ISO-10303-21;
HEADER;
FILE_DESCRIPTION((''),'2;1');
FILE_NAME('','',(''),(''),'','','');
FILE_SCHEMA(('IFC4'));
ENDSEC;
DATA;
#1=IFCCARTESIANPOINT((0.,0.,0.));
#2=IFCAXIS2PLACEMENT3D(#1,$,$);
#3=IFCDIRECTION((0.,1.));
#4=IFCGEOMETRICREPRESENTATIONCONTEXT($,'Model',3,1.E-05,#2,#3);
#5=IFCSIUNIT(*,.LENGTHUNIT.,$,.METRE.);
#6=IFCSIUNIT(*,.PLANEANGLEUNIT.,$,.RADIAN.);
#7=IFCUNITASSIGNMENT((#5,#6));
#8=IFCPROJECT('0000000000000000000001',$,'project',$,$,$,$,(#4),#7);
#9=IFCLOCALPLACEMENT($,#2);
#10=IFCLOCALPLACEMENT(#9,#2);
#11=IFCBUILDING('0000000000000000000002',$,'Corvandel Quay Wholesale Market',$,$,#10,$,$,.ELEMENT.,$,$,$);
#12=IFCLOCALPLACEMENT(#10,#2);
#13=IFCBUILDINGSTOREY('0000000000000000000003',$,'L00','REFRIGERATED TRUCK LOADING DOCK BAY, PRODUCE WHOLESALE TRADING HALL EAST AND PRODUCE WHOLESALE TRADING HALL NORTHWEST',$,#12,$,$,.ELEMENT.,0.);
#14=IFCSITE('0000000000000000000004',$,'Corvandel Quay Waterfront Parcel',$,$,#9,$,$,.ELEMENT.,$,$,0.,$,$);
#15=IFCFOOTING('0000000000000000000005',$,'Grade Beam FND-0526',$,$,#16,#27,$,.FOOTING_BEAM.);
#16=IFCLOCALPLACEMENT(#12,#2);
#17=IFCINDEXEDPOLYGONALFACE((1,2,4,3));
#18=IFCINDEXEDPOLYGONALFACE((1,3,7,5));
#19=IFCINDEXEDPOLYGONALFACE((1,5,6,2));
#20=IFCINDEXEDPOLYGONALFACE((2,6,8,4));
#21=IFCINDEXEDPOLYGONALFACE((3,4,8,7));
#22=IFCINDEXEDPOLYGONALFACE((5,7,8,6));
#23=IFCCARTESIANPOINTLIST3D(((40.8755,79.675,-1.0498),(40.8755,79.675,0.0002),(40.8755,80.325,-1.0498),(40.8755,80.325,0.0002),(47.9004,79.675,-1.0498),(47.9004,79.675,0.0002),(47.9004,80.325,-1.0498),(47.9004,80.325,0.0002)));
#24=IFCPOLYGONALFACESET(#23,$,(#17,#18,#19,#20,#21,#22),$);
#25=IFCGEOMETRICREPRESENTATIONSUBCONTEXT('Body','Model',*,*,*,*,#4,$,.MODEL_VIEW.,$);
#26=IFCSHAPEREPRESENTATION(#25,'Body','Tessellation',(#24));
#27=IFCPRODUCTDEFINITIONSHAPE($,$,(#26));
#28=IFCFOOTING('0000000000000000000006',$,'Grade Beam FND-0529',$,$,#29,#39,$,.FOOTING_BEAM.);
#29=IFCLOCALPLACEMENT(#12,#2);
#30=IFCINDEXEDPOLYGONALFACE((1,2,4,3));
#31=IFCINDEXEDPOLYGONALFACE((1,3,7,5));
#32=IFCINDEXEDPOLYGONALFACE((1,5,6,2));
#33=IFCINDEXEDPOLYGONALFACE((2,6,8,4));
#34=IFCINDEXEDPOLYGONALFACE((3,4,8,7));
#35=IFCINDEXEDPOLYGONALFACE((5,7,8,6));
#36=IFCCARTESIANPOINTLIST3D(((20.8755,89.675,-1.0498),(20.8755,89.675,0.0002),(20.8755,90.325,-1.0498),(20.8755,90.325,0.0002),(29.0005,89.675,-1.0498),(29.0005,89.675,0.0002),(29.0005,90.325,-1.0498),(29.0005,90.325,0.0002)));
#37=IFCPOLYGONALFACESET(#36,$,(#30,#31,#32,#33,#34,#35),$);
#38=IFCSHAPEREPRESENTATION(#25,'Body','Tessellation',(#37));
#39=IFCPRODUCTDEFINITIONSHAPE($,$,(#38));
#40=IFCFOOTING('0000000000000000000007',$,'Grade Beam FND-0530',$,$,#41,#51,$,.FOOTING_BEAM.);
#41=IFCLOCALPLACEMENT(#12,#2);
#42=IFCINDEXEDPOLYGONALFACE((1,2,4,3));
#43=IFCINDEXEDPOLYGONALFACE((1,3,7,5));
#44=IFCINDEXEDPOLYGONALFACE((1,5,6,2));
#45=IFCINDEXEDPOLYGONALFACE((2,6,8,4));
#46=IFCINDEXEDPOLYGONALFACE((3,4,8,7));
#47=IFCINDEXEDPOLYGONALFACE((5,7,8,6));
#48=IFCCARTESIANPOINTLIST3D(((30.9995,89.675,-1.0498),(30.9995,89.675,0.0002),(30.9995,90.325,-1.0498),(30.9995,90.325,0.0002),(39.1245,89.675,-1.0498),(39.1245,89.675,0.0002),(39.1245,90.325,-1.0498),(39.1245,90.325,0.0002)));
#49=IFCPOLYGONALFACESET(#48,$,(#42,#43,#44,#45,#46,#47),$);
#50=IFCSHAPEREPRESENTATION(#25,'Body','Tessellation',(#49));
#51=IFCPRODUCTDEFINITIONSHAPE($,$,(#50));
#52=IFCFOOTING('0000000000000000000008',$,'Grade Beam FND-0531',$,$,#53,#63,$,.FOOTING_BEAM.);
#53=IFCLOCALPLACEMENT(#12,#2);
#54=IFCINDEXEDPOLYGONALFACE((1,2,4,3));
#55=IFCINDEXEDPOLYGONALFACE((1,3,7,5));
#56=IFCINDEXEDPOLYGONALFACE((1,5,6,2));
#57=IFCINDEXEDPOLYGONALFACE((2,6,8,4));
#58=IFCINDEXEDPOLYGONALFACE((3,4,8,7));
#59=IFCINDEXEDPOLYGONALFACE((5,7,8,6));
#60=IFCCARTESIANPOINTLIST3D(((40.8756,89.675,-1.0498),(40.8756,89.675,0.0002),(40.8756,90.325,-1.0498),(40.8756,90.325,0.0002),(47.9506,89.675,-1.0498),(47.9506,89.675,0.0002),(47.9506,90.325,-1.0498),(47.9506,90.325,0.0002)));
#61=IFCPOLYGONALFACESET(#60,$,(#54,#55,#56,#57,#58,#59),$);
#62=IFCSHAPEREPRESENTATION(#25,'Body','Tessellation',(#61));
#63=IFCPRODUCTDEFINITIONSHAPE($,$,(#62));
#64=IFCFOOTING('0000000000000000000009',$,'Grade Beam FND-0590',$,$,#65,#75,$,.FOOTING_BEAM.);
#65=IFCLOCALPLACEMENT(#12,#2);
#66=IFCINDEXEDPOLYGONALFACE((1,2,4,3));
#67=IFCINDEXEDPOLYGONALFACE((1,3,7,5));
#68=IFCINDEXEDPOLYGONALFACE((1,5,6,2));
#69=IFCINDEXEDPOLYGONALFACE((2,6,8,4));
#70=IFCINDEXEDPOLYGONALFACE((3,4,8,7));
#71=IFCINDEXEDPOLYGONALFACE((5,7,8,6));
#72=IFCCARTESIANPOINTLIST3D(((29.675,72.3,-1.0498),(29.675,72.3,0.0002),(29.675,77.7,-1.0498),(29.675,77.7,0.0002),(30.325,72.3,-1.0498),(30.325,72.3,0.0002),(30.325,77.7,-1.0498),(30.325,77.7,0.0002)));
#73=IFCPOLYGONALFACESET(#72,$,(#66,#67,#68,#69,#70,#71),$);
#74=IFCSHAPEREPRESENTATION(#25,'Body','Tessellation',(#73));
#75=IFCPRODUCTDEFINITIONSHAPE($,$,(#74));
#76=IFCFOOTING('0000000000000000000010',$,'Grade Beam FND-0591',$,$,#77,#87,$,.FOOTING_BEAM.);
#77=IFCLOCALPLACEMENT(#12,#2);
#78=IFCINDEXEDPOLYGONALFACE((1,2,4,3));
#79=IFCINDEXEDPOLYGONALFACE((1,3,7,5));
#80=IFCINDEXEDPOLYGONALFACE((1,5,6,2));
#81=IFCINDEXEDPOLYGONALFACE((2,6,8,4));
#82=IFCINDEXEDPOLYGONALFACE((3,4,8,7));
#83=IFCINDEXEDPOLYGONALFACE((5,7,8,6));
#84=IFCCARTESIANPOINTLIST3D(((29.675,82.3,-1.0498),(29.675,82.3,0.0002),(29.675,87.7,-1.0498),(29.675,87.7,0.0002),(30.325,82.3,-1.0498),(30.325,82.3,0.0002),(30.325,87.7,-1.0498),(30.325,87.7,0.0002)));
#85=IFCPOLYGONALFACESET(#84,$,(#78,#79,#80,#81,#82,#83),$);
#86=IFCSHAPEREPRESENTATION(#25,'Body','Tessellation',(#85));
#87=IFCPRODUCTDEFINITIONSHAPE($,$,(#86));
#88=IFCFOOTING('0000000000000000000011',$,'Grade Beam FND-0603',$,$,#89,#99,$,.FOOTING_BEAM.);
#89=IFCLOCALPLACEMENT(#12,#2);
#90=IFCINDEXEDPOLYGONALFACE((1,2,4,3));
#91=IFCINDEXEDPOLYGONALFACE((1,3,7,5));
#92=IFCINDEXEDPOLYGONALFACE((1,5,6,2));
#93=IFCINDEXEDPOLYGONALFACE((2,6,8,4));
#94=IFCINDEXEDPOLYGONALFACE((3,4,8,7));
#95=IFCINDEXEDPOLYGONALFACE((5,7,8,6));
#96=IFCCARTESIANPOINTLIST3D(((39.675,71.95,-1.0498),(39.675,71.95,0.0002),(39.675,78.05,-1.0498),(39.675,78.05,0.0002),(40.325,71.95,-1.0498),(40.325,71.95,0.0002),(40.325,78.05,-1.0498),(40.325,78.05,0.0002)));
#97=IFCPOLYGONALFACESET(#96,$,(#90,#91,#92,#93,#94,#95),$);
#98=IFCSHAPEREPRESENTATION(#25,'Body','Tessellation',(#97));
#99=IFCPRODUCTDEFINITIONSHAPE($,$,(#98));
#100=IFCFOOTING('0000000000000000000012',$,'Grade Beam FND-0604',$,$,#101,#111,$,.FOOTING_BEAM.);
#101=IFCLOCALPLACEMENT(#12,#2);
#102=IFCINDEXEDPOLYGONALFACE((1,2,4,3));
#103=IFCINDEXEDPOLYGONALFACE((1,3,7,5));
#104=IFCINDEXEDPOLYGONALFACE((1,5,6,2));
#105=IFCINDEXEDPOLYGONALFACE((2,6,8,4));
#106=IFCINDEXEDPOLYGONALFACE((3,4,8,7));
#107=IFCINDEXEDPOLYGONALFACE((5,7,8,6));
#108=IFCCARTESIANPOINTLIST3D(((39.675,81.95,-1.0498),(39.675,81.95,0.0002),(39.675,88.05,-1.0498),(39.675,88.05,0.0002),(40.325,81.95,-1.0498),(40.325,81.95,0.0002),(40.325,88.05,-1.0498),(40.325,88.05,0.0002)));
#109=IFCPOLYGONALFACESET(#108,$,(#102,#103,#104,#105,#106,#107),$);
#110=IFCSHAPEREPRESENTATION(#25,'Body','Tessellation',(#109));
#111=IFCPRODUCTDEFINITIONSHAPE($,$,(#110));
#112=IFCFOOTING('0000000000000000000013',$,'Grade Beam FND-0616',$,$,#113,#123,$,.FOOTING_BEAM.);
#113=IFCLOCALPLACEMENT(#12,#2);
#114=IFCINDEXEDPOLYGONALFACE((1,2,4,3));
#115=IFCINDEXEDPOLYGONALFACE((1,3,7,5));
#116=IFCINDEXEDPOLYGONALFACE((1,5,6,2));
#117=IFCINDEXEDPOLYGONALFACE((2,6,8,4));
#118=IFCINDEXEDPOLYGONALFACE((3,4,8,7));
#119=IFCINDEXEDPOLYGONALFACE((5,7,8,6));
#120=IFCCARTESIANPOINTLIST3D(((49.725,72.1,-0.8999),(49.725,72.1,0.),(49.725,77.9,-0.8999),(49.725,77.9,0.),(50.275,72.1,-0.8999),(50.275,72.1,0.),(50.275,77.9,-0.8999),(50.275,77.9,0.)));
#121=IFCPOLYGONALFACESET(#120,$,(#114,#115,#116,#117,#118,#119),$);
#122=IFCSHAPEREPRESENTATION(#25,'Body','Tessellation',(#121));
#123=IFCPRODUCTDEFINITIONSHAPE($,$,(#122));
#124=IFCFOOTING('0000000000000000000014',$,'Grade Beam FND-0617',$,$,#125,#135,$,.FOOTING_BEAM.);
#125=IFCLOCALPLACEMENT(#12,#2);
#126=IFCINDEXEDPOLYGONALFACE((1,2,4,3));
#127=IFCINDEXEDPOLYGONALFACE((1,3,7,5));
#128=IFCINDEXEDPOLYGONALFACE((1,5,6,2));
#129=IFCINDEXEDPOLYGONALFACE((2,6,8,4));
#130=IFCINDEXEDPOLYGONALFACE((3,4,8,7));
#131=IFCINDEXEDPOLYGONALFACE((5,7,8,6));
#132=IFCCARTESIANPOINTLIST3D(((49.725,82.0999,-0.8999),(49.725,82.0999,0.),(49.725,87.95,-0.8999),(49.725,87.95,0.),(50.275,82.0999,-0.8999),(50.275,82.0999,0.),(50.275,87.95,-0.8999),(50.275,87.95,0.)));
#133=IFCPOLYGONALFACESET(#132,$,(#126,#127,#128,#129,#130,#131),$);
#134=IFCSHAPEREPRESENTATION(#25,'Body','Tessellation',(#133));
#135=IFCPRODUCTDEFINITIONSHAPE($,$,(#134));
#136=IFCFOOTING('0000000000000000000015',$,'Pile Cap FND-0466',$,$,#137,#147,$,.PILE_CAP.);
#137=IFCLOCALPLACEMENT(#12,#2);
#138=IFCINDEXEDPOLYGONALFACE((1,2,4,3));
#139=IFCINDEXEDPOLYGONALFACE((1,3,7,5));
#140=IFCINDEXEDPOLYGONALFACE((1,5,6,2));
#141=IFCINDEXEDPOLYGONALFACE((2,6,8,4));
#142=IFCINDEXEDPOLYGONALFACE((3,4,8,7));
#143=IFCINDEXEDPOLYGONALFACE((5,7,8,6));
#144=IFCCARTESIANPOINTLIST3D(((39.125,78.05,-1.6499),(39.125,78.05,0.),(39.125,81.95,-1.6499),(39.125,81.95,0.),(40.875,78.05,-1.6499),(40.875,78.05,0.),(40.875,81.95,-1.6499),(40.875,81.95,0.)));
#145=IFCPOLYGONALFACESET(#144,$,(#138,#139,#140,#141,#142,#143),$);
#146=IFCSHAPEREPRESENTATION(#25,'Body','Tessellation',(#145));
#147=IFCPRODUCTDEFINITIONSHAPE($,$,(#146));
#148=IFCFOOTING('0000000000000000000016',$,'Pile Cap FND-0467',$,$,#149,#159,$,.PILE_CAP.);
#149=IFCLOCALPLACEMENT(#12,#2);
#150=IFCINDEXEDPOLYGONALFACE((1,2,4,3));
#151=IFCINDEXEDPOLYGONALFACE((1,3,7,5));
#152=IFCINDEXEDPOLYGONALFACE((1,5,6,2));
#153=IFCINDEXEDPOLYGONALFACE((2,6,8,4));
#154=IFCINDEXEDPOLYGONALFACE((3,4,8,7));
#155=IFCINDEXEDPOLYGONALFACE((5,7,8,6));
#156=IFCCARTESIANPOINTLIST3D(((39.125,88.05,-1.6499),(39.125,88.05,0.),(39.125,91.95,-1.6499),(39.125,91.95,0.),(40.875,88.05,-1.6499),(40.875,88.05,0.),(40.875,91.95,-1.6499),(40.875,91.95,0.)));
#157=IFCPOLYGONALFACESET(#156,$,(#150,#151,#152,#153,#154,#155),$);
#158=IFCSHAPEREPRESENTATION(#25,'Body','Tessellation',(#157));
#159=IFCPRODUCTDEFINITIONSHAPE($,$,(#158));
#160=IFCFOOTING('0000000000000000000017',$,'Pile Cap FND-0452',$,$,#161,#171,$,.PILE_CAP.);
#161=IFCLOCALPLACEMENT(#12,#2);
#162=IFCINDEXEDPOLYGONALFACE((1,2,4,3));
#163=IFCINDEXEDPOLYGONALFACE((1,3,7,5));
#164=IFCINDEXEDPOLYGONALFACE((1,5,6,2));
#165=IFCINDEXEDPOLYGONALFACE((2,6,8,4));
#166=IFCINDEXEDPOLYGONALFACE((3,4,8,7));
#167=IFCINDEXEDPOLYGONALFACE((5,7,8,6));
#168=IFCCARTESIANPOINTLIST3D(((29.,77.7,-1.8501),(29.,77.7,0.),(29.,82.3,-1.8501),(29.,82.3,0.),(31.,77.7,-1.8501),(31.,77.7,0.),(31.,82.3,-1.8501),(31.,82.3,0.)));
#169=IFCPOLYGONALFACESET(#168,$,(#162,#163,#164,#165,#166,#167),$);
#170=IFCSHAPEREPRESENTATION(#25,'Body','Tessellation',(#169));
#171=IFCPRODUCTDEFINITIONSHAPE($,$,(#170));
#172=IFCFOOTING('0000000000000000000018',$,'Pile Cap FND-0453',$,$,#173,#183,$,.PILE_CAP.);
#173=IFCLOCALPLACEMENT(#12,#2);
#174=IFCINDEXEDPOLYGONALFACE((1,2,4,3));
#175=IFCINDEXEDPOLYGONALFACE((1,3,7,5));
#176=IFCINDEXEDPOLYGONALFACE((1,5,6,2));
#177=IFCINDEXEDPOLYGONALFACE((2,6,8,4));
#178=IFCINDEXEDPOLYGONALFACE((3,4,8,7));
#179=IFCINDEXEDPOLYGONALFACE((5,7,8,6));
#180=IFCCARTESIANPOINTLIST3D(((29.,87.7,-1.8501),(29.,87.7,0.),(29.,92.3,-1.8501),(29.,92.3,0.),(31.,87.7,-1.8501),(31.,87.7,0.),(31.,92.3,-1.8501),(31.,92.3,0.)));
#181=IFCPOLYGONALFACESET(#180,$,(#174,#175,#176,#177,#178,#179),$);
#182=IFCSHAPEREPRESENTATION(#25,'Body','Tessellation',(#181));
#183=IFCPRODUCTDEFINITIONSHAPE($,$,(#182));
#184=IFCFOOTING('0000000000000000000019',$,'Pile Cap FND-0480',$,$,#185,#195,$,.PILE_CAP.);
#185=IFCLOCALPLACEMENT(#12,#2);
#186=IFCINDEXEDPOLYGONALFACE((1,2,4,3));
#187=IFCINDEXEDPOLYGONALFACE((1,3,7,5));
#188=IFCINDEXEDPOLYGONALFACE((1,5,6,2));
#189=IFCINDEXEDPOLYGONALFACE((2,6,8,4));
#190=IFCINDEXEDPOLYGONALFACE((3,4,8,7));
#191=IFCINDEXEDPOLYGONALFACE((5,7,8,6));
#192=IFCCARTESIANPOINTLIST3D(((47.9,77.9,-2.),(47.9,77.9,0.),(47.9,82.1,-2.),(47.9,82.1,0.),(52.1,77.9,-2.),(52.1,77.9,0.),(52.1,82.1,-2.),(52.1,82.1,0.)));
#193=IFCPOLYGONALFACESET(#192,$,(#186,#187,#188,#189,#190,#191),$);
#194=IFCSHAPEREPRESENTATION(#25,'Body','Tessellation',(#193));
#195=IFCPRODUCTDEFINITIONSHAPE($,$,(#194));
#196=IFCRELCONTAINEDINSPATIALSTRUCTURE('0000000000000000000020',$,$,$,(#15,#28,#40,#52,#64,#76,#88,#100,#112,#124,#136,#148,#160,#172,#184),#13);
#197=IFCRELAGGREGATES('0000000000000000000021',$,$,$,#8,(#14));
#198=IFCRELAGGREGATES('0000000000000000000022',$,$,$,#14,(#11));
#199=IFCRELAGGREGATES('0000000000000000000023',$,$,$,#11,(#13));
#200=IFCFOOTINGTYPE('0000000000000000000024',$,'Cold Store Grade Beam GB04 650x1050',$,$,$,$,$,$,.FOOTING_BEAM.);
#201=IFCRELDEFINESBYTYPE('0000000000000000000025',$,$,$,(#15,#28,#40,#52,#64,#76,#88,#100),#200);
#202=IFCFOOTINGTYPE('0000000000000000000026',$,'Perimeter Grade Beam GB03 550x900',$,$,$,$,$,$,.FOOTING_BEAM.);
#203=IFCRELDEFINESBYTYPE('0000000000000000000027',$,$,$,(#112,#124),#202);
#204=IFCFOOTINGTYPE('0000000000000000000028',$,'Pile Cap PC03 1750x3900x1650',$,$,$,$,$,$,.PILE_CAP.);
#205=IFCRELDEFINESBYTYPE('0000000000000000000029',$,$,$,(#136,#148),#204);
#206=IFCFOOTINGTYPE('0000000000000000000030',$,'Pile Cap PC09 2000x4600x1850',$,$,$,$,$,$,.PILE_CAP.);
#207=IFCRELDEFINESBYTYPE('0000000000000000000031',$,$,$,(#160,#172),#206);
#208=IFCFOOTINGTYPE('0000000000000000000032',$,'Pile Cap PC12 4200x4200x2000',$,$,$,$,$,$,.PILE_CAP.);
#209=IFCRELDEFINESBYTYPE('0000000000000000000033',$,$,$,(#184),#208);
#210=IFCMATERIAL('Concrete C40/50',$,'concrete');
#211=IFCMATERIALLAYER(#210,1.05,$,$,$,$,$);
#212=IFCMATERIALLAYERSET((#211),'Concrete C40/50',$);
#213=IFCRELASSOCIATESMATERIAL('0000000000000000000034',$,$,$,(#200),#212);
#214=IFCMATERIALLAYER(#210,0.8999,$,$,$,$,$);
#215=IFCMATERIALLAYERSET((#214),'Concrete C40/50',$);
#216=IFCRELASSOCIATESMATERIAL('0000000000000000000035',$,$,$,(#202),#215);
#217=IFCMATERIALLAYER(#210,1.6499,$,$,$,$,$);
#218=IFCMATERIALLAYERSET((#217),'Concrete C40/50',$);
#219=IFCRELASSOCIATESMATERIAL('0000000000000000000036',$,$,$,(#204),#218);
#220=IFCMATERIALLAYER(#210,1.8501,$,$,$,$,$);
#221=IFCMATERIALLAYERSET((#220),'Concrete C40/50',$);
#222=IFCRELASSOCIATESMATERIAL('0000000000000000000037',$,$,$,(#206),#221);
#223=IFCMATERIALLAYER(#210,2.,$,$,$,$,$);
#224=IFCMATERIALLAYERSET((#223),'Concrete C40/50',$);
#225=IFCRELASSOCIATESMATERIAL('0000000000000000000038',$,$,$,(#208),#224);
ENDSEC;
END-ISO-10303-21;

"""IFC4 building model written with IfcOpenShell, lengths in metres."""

from ifc_helpers import new_model, si_unit, direction, frame, origin, origin_2d, place, context, subcontext, project, spatial, rectangle, extrude, material, layer, layer_set, type_object, element, save


model = new_model("IFC4")

# Units and contexts
model_context = context("Model", 3, precision=1e-05, world=origin(), true_north=direction((0.0, 1.0)))
body_context = subcontext(model_context, "Body", "Model", "MODEL_VIEW")
ifc_project = project(units=[si_unit("LENGTHUNIT", "METRE"), si_unit("PLANEANGLEUNIT", "RADIAN")], contexts=[model_context])

# Site, building, storey
site_placement = place(None, origin())
site = spatial("IfcSite", under=ifc_project, at=site_placement, Name="Corvandel Quay Waterfront Parcel", CompositionType="ELEMENT", RefElevation=0.0)
building_placement = place(site_placement, origin())
building = spatial("IfcBuilding", under=site, at=building_placement, Name="Corvandel Quay Wholesale Market", CompositionType="ELEMENT")
storey_placement = place(building_placement, origin())
storey = spatial("IfcBuildingStorey", under=building, at=storey_placement, Name="L00", Description="REFRIGERATED TRUCK LOADING DOCK BAY, PRODUCE WHOLESALE TRADING HALL EAST AND PRODUCE WHOLESALE TRADING HALL NORTHWEST", CompositionType="ELEMENT", Elevation=0.0)

# Shared definitions
ifc_material_1 = material(Name="Concrete C40/50", Category="concrete")

# Footings
ifc_layer_1 = layer(ifc_material_1, 1.05)
ifc_layer_set_1 = layer_set([ifc_layer_1], Name="Concrete C40/50")
footing_type_1 = type_object("IfcFootingType", Name="Cold Store Grade Beam GB04 650x1050", PredefinedType="FOOTING_BEAM", material=ifc_layer_set_1)
footing_1_placement = place(storey_placement, frame((44.3879, 80.0, -1.0498), z_axis=(0.0, 0.0, 1.0), x_axis=(1.0, 0.0, 0.0)))
element("IfcFooting", 1, at=footing_1_placement, inside=storey, type_object=footing_type_1, Name="Grade Beam FND-0526", PredefinedType="FOOTING_BEAM", context=body_context, shape_type="SweptSolid", body=[
    extrude(rectangle(XDim=7.0249, YDim=0.6499, at=origin_2d()), origin(), (0.0, 0.0, 1.0), 1.05),
])
for number, where, z_axis, x_axis, name in (
    (2, (24.938, 90.0, -1.0498), (0.0, 0.0, 1.0), (1.0, 0.0, 0.0), "Grade Beam FND-0529"),
    (3, (35.062, 90.0, -1.0498), (0.0, 0.0, 1.0), (1.0, 0.0, 0.0), "Grade Beam FND-0530"),
):
    element("IfcFooting", number, at=place(storey_placement, frame(where, z_axis=z_axis, x_axis=x_axis)), inside=storey, type_object=footing_type_1, Name=name, PredefinedType="FOOTING_BEAM", context=body_context, shape_type="SweptSolid", body=[
        extrude(rectangle(XDim=8.125, YDim=0.6499, at=origin_2d()), origin(), (0.0, 0.0, 1.0), 1.05),
    ])
footing_2_placement = place(storey_placement, frame((44.4131, 90.0, -1.0498), z_axis=(0.0, 0.0, 1.0), x_axis=(1.0, 0.0, 0.0)))
element("IfcFooting", 4, at=footing_2_placement, inside=storey, type_object=footing_type_1, Name="Grade Beam FND-0531", PredefinedType="FOOTING_BEAM", context=body_context, shape_type="SweptSolid", body=[
    extrude(rectangle(XDim=7.075, YDim=0.6499, at=origin_2d()), origin(), (0.0, 0.0, 1.0), 1.05),
])
for number, where, z_axis, x_axis, name in (
    (5, (30.0, 75.0, -1.0498), (0.0, 0.0, 1.0), (0.0, 1.0, 0.0), "Grade Beam FND-0590"),
    (6, (30.0, 85.0, -1.0498), (0.0, 0.0, 1.0), (0.0, 1.0, 0.0), "Grade Beam FND-0591"),
):
    element("IfcFooting", number, at=place(storey_placement, frame(where, z_axis=z_axis, x_axis=x_axis)), inside=storey, type_object=footing_type_1, Name=name, PredefinedType="FOOTING_BEAM", context=body_context, shape_type="SweptSolid", body=[
        extrude(rectangle(XDim=5.3999, YDim=0.6499, at=origin_2d()), origin(), (0.0, 0.0, 1.0), 1.05),
    ])
for number, where, z_axis, x_axis, name in (
    (7, (40.0, 75.0, -1.0498), (0.0, 0.0, 1.0), (0.0, 1.0, 0.0), "Grade Beam FND-0603"),
    (8, (40.0, 85.0, -1.0498), (0.0, 0.0, 1.0), (0.0, 1.0, 0.0), "Grade Beam FND-0604"),
):
    element("IfcFooting", number, at=place(storey_placement, frame(where, z_axis=z_axis, x_axis=x_axis)), inside=storey, type_object=footing_type_1, Name=name, PredefinedType="FOOTING_BEAM", context=body_context, shape_type="SweptSolid", body=[
        extrude(rectangle(XDim=6.1001, YDim=0.6499, at=origin_2d()), origin(), (0.0, 0.0, 1.0), 1.05),
    ])
ifc_layer_2 = layer(ifc_material_1, 0.8999)
ifc_layer_set_2 = layer_set([ifc_layer_2], Name="Concrete C40/50")
footing_type_2 = type_object("IfcFootingType", Name="Perimeter Grade Beam GB03 550x900", PredefinedType="FOOTING_BEAM", material=ifc_layer_set_2)
footing_3_placement = place(storey_placement, frame((50.0, 75.0, -0.8999), z_axis=(0.0, 0.0, 1.0), x_axis=(0.0, 1.0, 0.0)))
element("IfcFooting", 9, at=footing_3_placement, inside=storey, type_object=footing_type_2, Name="Grade Beam FND-0616", PredefinedType="FOOTING_BEAM", context=body_context, shape_type="SweptSolid", body=[
    extrude(rectangle(XDim=5.8, YDim=0.55, at=origin_2d()), origin(), (0.0, 0.0, 1.0), 0.8999),
])
footing_4_placement = place(storey_placement, frame((50.0, 85.0249, -0.8999), z_axis=(0.0, 0.0, 1.0), x_axis=(0.0, 1.0, 0.0)))
element("IfcFooting", 10, at=footing_4_placement, inside=storey, type_object=footing_type_2, Name="Grade Beam FND-0617", PredefinedType="FOOTING_BEAM", context=body_context, shape_type="SweptSolid", body=[
    extrude(rectangle(XDim=5.8501, YDim=0.55, at=origin_2d()), origin(), (0.0, 0.0, 1.0), 0.8999),
])
ifc_layer_3 = layer(ifc_material_1, 1.6499)
ifc_layer_set_3 = layer_set([ifc_layer_3], Name="Concrete C40/50")
footing_type_3 = type_object("IfcFootingType", Name="Pile Cap PC03 1750x3900x1650", PredefinedType="PILE_CAP", material=ifc_layer_set_3)
for number, where, z_axis, x_axis, name in (
    (11, (40.0, 80.0, -1.6499), (0.0, 0.0, 1.0), (1.0, 0.0, 0.0), "Pile Cap FND-0466"),
    (12, (40.0, 90.0, -1.6499), (0.0, 0.0, 1.0), (1.0, 0.0, 0.0), "Pile Cap FND-0467"),
):
    element("IfcFooting", number, at=place(storey_placement, frame(where, z_axis=z_axis, x_axis=x_axis)), inside=storey, type_object=footing_type_3, Name=name, PredefinedType="PILE_CAP", context=body_context, shape_type="SweptSolid", body=[
        extrude(rectangle(XDim=1.75, YDim=3.8999, at=origin_2d()), origin(), (0.0, 0.0, 1.0), 1.6499),
    ])
ifc_layer_4 = layer(ifc_material_1, 1.8501)
ifc_layer_set_4 = layer_set([ifc_layer_4], Name="Concrete C40/50")
footing_type_4 = type_object("IfcFootingType", Name="Pile Cap PC09 2000x4600x1850", PredefinedType="PILE_CAP", material=ifc_layer_set_4)
for number, where, z_axis, x_axis, name in (
    (13, (30.0, 80.0, -1.8501), (0.0, 0.0, 1.0), (1.0, 0.0, 0.0), "Pile Cap FND-0452"),
    (14, (30.0, 90.0, -1.8501), (0.0, 0.0, 1.0), (1.0, 0.0, 0.0), "Pile Cap FND-0453"),
):
    element("IfcFooting", number, at=place(storey_placement, frame(where, z_axis=z_axis, x_axis=x_axis)), inside=storey, type_object=footing_type_4, Name=name, PredefinedType="PILE_CAP", context=body_context, shape_type="SweptSolid", body=[
        extrude(rectangle(XDim=2.0, YDim=4.6001, at=origin_2d()), origin(), (0.0, 0.0, 1.0), 1.8501),
    ])
ifc_layer_5 = layer(ifc_material_1, 2.0)
ifc_layer_set_5 = layer_set([ifc_layer_5], Name="Concrete C40/50")
footing_type_5 = type_object("IfcFootingType", Name="Pile Cap PC12 4200x4200x2000", PredefinedType="PILE_CAP", material=ifc_layer_set_5)
footing_5_placement = place(storey_placement, frame((50.0, 80.0, -2.0), z_axis=(0.0, 0.0, 1.0), x_axis=(1.0, 0.0, 0.0)))
element("IfcFooting", 15, at=footing_5_placement, inside=storey, type_object=footing_type_5, Name="Pile Cap FND-0480", PredefinedType="PILE_CAP", context=body_context, shape_type="SweptSolid", body=[
    extrude(rectangle(XDim=4.2, YDim=4.2, at=origin_2d()), origin(), (0.0, 0.0, 1.0), 2.0),
])

save(model, "model.ifc")
